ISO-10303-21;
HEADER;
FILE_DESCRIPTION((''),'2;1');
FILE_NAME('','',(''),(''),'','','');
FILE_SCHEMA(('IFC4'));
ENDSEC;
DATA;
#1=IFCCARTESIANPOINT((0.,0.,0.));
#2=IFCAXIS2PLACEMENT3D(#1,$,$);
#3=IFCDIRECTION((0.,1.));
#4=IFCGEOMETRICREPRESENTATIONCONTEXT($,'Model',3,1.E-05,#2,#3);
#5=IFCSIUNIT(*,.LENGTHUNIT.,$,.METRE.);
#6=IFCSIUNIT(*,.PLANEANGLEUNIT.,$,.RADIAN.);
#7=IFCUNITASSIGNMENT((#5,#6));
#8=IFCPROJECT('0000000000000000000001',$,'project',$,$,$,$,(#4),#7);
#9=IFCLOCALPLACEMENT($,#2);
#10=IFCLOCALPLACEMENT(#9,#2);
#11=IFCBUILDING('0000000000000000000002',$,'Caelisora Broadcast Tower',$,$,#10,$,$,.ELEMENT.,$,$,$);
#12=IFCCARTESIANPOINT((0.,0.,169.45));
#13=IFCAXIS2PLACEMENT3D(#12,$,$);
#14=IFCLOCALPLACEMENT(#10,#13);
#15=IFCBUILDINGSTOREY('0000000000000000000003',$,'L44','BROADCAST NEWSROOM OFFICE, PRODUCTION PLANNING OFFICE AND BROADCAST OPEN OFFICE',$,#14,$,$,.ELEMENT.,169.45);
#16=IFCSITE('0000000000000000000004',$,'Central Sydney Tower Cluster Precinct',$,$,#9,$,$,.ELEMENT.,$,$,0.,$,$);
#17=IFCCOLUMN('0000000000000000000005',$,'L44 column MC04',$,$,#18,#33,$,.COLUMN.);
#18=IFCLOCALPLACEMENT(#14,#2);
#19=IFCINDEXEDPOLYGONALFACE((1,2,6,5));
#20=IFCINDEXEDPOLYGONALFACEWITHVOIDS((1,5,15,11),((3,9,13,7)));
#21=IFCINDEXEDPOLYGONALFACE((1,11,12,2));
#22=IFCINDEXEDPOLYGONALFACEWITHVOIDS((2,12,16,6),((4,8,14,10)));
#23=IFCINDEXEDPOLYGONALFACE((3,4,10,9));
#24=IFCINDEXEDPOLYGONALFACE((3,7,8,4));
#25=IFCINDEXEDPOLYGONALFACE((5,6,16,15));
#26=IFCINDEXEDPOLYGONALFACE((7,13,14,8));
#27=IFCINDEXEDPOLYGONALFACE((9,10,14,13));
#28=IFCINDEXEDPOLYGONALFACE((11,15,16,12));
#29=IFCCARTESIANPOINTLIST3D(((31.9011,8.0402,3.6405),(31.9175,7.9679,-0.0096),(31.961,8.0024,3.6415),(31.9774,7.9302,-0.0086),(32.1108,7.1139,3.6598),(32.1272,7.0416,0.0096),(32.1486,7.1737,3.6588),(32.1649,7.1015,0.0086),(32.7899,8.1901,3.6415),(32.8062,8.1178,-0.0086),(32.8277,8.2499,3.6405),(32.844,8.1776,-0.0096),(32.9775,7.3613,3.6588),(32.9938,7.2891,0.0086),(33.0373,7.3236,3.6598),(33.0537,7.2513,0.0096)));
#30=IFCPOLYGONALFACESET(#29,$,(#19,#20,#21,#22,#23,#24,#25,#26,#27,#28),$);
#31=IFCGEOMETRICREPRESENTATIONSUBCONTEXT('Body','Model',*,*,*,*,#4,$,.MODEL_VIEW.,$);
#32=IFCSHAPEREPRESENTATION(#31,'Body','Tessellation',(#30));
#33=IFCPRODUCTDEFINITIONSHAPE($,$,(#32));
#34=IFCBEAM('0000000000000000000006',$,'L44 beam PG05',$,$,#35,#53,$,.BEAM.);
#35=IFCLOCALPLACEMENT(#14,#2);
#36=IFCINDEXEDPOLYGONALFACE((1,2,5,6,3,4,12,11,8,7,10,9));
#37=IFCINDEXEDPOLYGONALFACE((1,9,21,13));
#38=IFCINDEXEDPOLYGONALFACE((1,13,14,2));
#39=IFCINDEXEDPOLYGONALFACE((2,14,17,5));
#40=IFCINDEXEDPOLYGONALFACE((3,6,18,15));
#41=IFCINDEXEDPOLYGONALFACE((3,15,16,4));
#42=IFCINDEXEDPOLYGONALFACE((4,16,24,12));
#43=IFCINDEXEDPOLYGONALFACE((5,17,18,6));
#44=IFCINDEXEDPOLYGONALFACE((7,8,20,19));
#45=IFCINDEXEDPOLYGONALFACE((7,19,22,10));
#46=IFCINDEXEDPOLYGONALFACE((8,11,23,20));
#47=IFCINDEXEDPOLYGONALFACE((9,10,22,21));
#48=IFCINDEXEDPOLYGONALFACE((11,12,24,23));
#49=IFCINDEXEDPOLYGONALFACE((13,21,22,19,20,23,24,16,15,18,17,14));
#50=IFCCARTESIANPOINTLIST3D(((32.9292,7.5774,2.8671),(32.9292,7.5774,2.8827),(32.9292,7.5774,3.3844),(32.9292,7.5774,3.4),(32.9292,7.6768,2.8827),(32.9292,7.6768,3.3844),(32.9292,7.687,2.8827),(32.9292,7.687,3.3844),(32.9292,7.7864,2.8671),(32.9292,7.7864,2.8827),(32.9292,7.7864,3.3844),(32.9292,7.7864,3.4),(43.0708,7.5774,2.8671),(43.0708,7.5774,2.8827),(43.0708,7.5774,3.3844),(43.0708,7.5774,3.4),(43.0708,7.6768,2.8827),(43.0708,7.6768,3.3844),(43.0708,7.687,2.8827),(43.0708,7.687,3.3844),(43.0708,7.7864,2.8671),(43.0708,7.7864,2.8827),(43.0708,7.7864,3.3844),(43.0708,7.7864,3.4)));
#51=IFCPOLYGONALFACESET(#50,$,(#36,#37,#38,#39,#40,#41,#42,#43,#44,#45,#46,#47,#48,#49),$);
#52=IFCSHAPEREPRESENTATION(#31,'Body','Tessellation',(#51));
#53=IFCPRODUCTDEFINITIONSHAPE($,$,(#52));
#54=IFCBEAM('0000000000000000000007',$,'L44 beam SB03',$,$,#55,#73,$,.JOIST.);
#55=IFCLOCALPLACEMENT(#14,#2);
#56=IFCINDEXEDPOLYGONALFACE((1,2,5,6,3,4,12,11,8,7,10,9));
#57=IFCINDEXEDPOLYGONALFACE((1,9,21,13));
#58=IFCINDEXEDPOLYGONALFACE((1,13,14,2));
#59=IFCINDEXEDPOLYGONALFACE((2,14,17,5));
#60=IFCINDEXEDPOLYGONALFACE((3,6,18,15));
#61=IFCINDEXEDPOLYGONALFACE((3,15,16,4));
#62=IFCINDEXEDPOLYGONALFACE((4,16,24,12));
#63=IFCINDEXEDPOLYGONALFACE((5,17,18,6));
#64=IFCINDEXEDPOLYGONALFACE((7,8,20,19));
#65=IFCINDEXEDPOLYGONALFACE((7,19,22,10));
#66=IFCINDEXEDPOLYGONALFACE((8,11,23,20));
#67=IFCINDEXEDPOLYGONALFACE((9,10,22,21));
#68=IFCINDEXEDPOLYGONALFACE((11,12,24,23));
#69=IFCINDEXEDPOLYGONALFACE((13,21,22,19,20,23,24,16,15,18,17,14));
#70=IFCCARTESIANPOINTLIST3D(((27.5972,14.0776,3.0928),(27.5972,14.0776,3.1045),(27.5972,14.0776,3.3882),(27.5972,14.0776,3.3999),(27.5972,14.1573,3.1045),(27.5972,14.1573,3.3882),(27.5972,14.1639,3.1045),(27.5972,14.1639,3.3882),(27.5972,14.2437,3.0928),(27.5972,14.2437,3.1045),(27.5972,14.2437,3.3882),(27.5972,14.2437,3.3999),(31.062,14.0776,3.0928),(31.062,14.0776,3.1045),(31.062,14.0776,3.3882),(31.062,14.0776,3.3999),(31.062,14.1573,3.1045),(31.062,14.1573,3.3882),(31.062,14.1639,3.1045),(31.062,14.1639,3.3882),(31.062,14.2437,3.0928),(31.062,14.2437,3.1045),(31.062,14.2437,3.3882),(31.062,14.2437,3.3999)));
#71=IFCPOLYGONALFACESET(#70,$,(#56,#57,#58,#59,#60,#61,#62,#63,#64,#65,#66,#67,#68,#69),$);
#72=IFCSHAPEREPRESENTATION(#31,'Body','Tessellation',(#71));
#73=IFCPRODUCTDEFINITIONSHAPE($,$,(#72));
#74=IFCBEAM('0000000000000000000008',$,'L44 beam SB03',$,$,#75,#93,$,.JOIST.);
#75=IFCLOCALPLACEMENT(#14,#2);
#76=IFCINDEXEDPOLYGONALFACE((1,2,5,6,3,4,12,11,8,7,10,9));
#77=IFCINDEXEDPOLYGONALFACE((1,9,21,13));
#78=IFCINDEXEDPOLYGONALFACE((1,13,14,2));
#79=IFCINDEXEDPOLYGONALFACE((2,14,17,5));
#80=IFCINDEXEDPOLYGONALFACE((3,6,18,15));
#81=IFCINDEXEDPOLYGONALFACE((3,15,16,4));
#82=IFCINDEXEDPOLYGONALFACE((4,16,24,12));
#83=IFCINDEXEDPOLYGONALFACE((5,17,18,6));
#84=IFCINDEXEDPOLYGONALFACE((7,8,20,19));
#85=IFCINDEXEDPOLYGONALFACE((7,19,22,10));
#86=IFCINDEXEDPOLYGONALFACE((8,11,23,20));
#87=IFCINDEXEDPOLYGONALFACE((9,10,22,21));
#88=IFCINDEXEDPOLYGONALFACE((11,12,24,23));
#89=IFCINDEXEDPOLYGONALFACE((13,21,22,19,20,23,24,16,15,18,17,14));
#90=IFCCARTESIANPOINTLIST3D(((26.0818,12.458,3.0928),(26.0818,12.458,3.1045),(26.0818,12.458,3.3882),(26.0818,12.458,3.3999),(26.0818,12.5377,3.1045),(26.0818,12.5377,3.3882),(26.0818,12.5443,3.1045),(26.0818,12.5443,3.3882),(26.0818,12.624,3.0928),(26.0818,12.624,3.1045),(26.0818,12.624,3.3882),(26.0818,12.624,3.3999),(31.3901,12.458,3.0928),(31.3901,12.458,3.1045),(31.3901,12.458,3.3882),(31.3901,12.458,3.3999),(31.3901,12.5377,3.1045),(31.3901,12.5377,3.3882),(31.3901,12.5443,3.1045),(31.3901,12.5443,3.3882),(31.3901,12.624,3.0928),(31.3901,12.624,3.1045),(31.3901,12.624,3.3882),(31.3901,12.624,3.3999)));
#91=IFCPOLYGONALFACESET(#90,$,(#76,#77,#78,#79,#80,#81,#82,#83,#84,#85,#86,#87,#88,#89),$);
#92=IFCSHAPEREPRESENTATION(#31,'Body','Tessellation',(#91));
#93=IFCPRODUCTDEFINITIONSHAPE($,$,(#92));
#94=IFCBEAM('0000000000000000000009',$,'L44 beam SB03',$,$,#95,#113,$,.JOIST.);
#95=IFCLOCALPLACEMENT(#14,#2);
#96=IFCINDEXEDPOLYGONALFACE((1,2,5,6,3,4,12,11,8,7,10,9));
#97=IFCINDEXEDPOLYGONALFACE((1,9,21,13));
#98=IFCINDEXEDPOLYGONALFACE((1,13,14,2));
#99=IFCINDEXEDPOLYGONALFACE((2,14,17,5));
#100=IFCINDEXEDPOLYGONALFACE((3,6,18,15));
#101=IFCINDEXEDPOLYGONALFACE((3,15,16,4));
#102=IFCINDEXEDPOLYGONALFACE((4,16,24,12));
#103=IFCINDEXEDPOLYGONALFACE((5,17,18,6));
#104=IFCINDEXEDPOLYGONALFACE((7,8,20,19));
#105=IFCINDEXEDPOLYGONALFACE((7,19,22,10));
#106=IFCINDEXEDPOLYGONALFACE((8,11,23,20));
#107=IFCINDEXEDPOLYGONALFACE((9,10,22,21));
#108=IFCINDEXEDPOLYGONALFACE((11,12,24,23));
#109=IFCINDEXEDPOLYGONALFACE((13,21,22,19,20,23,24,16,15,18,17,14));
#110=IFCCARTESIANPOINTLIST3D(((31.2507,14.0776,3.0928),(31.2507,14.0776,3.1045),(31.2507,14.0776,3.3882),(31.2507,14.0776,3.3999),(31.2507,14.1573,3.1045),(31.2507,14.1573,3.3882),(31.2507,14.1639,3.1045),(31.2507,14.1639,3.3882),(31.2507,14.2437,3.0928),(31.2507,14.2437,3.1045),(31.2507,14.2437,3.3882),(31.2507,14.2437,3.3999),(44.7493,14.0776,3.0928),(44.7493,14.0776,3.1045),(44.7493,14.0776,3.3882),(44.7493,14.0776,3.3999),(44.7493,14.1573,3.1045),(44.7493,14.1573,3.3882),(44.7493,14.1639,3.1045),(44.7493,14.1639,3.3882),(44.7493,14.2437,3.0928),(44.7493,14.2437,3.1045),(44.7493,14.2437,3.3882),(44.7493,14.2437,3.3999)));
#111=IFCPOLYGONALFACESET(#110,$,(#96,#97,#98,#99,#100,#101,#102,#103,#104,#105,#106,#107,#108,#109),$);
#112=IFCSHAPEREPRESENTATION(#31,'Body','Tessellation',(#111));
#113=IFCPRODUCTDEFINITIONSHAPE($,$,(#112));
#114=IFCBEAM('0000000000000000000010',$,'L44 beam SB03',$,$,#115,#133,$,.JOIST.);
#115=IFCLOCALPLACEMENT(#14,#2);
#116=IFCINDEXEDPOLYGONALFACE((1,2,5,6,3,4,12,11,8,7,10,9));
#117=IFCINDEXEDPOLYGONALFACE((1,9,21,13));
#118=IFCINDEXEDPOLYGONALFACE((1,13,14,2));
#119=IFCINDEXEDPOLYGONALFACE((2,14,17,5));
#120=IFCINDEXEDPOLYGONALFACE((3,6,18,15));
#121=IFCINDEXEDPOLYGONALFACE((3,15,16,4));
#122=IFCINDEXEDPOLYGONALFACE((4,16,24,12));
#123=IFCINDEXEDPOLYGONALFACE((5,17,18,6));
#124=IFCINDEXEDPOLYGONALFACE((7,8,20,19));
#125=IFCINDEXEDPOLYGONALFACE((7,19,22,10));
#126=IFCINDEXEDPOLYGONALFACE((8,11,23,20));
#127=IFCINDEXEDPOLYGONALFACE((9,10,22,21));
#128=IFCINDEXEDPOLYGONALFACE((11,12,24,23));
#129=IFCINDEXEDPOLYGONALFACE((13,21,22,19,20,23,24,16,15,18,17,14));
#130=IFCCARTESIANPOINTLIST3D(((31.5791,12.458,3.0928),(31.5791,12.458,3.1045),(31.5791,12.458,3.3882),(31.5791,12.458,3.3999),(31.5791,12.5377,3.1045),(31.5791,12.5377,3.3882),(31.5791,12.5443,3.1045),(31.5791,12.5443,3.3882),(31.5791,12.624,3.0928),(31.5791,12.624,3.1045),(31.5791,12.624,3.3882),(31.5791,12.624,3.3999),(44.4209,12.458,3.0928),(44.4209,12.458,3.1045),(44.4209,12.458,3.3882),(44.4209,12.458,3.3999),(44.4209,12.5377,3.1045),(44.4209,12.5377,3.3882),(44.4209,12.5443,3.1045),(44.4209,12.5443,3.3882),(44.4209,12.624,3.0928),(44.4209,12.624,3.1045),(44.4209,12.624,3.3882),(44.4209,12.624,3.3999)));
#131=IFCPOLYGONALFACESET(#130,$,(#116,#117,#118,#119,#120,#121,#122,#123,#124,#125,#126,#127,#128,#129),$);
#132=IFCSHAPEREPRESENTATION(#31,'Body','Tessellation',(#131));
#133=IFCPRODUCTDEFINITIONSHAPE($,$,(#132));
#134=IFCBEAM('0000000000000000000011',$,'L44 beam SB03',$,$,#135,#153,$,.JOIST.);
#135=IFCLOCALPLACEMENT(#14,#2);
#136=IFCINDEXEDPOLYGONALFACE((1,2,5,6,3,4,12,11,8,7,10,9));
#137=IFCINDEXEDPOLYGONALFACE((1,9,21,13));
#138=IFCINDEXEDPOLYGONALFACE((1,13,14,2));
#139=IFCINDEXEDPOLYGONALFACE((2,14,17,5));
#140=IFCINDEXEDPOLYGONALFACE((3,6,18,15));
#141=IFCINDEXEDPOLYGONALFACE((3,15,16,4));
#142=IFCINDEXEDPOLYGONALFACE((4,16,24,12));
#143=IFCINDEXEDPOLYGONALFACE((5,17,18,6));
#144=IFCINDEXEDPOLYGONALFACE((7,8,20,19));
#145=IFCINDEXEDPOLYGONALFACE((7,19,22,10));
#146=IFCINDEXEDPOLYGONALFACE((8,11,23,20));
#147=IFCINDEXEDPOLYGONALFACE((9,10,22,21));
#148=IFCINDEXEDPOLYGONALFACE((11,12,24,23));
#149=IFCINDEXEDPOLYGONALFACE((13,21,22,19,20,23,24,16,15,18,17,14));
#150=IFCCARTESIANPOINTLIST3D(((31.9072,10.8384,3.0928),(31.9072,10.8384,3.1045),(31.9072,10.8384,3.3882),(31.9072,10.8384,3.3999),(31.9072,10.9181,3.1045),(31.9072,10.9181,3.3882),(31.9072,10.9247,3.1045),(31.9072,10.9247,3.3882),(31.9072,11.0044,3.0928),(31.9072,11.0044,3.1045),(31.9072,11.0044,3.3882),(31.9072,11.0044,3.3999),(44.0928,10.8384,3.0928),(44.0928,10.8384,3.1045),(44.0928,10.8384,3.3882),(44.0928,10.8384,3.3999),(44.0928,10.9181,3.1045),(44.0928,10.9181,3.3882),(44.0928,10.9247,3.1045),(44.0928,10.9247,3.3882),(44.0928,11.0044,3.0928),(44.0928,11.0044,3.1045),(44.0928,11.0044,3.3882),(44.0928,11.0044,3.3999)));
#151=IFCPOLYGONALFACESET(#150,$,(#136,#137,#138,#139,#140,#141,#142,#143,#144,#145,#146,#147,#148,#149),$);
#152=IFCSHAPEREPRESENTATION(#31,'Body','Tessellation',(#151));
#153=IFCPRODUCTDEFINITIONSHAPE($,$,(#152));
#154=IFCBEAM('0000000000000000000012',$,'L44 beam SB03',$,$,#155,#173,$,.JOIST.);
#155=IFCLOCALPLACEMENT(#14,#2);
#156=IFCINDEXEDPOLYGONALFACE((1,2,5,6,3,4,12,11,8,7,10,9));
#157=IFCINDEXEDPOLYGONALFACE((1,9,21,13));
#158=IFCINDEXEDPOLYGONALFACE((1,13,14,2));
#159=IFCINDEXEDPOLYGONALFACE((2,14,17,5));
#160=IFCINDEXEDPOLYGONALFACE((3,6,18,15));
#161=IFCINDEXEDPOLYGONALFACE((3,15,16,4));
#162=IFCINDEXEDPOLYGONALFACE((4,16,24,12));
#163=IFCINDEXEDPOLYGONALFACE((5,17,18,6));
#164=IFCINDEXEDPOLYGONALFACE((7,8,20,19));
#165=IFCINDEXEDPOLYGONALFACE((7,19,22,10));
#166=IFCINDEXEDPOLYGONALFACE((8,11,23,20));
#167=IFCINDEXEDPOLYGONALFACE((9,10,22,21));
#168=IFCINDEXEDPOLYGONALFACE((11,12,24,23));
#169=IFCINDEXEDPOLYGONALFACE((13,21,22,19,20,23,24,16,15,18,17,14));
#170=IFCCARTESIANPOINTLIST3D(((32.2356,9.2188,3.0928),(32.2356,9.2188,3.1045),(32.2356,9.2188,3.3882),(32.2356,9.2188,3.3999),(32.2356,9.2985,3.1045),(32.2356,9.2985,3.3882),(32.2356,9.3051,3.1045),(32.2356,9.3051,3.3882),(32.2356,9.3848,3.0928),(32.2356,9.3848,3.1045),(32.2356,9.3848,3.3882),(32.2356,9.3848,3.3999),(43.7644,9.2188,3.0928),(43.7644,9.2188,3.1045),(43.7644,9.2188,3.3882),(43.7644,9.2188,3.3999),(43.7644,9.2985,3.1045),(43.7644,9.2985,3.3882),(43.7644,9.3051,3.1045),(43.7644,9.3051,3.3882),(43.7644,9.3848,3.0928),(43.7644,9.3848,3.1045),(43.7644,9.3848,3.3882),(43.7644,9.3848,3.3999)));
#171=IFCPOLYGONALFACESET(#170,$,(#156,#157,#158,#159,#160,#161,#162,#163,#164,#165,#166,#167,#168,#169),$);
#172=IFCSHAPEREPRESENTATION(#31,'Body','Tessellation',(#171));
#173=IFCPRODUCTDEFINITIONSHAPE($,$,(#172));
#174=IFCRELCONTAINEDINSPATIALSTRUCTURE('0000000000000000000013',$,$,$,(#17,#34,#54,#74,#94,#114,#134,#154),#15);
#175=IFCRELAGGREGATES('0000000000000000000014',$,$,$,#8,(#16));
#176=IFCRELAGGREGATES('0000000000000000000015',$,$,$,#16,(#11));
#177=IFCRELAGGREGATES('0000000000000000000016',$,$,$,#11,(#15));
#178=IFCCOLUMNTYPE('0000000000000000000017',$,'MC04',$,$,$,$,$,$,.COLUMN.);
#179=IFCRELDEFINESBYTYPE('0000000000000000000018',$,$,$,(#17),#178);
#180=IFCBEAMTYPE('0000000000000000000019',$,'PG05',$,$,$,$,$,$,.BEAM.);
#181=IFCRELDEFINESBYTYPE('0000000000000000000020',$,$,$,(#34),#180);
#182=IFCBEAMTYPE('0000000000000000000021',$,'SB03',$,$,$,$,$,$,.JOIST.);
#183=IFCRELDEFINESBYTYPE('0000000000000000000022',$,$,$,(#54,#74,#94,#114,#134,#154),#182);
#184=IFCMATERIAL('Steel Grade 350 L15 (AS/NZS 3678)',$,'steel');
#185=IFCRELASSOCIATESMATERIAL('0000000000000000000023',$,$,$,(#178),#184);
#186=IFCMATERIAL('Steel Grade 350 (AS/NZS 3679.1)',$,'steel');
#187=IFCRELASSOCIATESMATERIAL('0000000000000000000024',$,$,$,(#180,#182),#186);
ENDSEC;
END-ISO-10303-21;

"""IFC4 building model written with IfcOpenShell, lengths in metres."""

from ifc_helpers import new_model, si_unit, direction, frame, origin, origin_2d, place, context, subcontext, project, spatial, hollow_rectangle, i_section, extrude, source, transform, mapped, material, material_profile, profile_set, type_object, type_shapes, element, save


model = new_model("IFC4")

# Units and contexts
model_context = context("Model", 3, precision=1e-05, world=origin(), true_north=direction((0.0, 1.0)))
body_context = subcontext(model_context, "Body", "Model", "MODEL_VIEW")
ifc_project = project(units=[si_unit("LENGTHUNIT", "METRE"), si_unit("PLANEANGLEUNIT", "RADIAN")], contexts=[model_context])

# Site, building, storey
site_placement = place(None, origin())
site = spatial("IfcSite", under=ifc_project, at=site_placement, Name="Central Sydney Tower Cluster Precinct", CompositionType="ELEMENT", RefElevation=0.0)
building_placement = place(site_placement, origin())
building = spatial("IfcBuilding", under=site, at=building_placement, Name="Caelisora Broadcast Tower", CompositionType="ELEMENT")
storey_placement = place(building_placement, frame((0.0, 0.0, 169.45)))
storey = spatial("IfcBuildingStorey", under=building, at=storey_placement, Name="L44", Description="BROADCAST NEWSROOM OFFICE, PRODUCTION PLANNING OFFICE AND BROADCAST OPEN OFFICE", CompositionType="ELEMENT", Elevation=169.45)

# Column
ifc_material_1 = material(Name="Steel Grade 350 L15 (AS/NZS 3678)", Category="steel")
ifc_material_profile_1 = material_profile(ifc_material_1, hollow_rectangle(XDim=0.95, YDim=0.95, WallThickness=0.05, at=origin_2d()), Name="Steel Grade 350 L15 (AS/NZS 3678)")
ifc_profile_set_1 = profile_set([ifc_material_profile_1], Name="Steel Grade 350 L15 (AS/NZS 3678)")
column_type = type_object("IfcColumnType", Name="MC04", PredefinedType="COLUMN", material=ifc_profile_set_1)
shared_shape_1 = source(origin(), body_context, "Body", "SweptSolid", [
    extrude(hollow_rectangle(XDim=0.95, YDim=0.95, WallThickness=0.05, at=origin_2d()), origin(), (0.0, 0.0, 1.0), 3.6509),
])
type_shapes(column_type, [shared_shape_1])
column_placement = place(storey_placement, frame((32.4856, 7.6096, 0.0), z_axis=(-0.00448, 0.019794, 0.999794), x_axis=(-0.975327, -0.220767, 0.0)))
element("IfcColumn", 1, at=column_placement, inside=storey, type_object=column_type, Name="L44 column MC04", PredefinedType="COLUMN", context=body_context, shape_type="MappedRepresentation", body=[
    mapped(shared_shape_1, transform((0.0, 0.0, 0.0), scale=1.0)),
])

# Beams
ifc_material_2 = material(Name="Steel Grade 350 (AS/NZS 3679.1)", Category="steel")
ifc_material_profile_2 = material_profile(ifc_material_2, i_section(OverallWidth=0.209, OverallDepth=0.533, WebThickness=0.0103, FlangeThickness=0.0156, at=origin_2d()), Name="Steel Grade 350 (AS/NZS 3679.1)")
ifc_profile_set_2 = profile_set([ifc_material_profile_2], Name="Steel Grade 350 (AS/NZS 3679.1)")
beam_type_1 = type_object("IfcBeamType", Name="PG05", PredefinedType="BEAM", material=ifc_profile_set_2)
shared_shape_2 = source(origin(), body_context, "Body", "SweptSolid", [
    extrude(i_section(OverallWidth=0.209, OverallDepth=0.533, WebThickness=0.0103, FlangeThickness=0.0156, at=origin_2d()), origin(), (0.0, 0.0, 1.0), 10.1416),
])
type_shapes(beam_type_1, [shared_shape_2])
beam_1_placement = place(storey_placement, frame((32.9292, 7.6819, 3.1335), z_axis=(1.0, 0.0, 0.0), x_axis=(0.0, 1.0, 0.0)))
element("IfcBeam", 2, at=beam_1_placement, inside=storey, type_object=beam_type_1, Name="L44 beam PG05", PredefinedType="BEAM", context=body_context, shape_type="MappedRepresentation", body=[
    mapped(shared_shape_2, transform((0.0, 0.0, 0.0), scale=1.0)),
])
ifc_material_profile_3 = material_profile(ifc_material_2, i_section(OverallWidth=0.166, OverallDepth=0.3071, WebThickness=0.0066, FlangeThickness=0.0117, at=origin_2d()), Name="Steel Grade 350 (AS/NZS 3679.1)")
ifc_profile_set_3 = profile_set([ifc_material_profile_3], Name="Steel Grade 350 (AS/NZS 3679.1)")
beam_type_2 = type_object("IfcBeamType", Name="SB03", PredefinedType="JOIST", material=ifc_profile_set_3)
shared_shape_3 = source(origin(), body_context, "Body", "SweptSolid", [
    extrude(i_section(OverallWidth=0.166, OverallDepth=0.3071, WebThickness=0.0066, FlangeThickness=0.0117, at=origin_2d()), origin(), (0.0, 0.0, 1.0), 3.4648),
])
beam_2_placement = place(storey_placement, frame((27.5972, 14.1606, 3.2463), z_axis=(1.0, 0.0, 0.0), x_axis=(0.0, 1.0, 0.0)))
element("IfcBeam", 3, at=beam_2_placement, inside=storey, type_object=beam_type_2, Name="L44 beam SB03", PredefinedType="JOIST", context=body_context, shape_type="MappedRepresentation", body=[
    mapped(shared_shape_3, transform((0.0, 0.0, 0.0), scale=1.0)),
])
shared_shape_4 = source(origin(), body_context, "Body", "SweptSolid", [
    extrude(i_section(OverallWidth=0.166, OverallDepth=0.3071, WebThickness=0.0066, FlangeThickness=0.0117, at=origin_2d()), origin(), (0.0, 0.0, 1.0), 5.3083),
])
beam_3_placement = place(storey_placement, frame((26.0818, 12.541, 3.2463), z_axis=(1.0, 0.0, 0.0), x_axis=(0.0, 1.0, 0.0)))
element("IfcBeam", 4, at=beam_3_placement, inside=storey, type_object=beam_type_2, Name="L44 beam SB03", PredefinedType="JOIST", context=body_context, shape_type="MappedRepresentation", body=[
    mapped(shared_shape_4, transform((0.0, 0.0, 0.0), scale=1.0)),
])
shared_shape_5 = source(origin(), body_context, "Body", "SweptSolid", [
    extrude(i_section(OverallWidth=0.166, OverallDepth=0.3071, WebThickness=0.0066, FlangeThickness=0.0117, at=origin_2d()), origin(), (0.0, 0.0, 1.0), 13.4985),
])
beam_4_placement = place(storey_placement, frame((31.2507, 14.1606, 3.2463), z_axis=(1.0, 0.0, 0.0), x_axis=(0.0, 1.0, 0.0)))
element("IfcBeam", 5, at=beam_4_placement, inside=storey, type_object=beam_type_2, Name="L44 beam SB03", PredefinedType="JOIST", context=body_context, shape_type="MappedRepresentation", body=[
    mapped(shared_shape_5, transform((0.0, 0.0, 0.0), scale=1.0)),
])
shared_shape_6 = source(origin(), body_context, "Body", "SweptSolid", [
    extrude(i_section(OverallWidth=0.166, OverallDepth=0.3071, WebThickness=0.0066, FlangeThickness=0.0117, at=origin_2d()), origin(), (0.0, 0.0, 1.0), 12.8418),
])
beam_5_placement = place(storey_placement, frame((31.5791, 12.541, 3.2463), z_axis=(1.0, 0.0, 0.0), x_axis=(0.0, 1.0, 0.0)))
element("IfcBeam", 6, at=beam_5_placement, inside=storey, type_object=beam_type_2, Name="L44 beam SB03", PredefinedType="JOIST", context=body_context, shape_type="MappedRepresentation", body=[
    mapped(shared_shape_6, transform((0.0, 0.0, 0.0), scale=1.0)),
])
shared_shape_7 = source(origin(), body_context, "Body", "SweptSolid", [
    extrude(i_section(OverallWidth=0.166, OverallDepth=0.3071, WebThickness=0.0066, FlangeThickness=0.0117, at=origin_2d()), origin(), (0.0, 0.0, 1.0), 12.1855),
])
beam_6_placement = place(storey_placement, frame((31.9072, 10.9214, 3.2463), z_axis=(1.0, 0.0, 0.0), x_axis=(0.0, 1.0, 0.0)))
element("IfcBeam", 7, at=beam_6_placement, inside=storey, type_object=beam_type_2, Name="L44 beam SB03", PredefinedType="JOIST", context=body_context, shape_type="MappedRepresentation", body=[
    mapped(shared_shape_7, transform((0.0, 0.0, 0.0), scale=1.0)),
])
shared_shape_8 = source(origin(), body_context, "Body", "SweptSolid", [
    extrude(i_section(OverallWidth=0.166, OverallDepth=0.3071, WebThickness=0.0066, FlangeThickness=0.0117, at=origin_2d()), origin(), (0.0, 0.0, 1.0), 11.5288),
])
type_shapes(beam_type_2, [shared_shape_3, shared_shape_4, shared_shape_5, shared_shape_6, shared_shape_7, shared_shape_8])
beam_7_placement = place(storey_placement, frame((32.2356, 9.3018, 3.2463), z_axis=(1.0, 0.0, 0.0), x_axis=(0.0, 1.0, 0.0)))
element("IfcBeam", 8, at=beam_7_placement, inside=storey, type_object=beam_type_2, Name="L44 beam SB03", PredefinedType="JOIST", context=body_context, shape_type="MappedRepresentation", body=[
    mapped(shared_shape_8, transform((0.0, 0.0, 0.0), scale=1.0)),
])

save(model, "model.ifc")
